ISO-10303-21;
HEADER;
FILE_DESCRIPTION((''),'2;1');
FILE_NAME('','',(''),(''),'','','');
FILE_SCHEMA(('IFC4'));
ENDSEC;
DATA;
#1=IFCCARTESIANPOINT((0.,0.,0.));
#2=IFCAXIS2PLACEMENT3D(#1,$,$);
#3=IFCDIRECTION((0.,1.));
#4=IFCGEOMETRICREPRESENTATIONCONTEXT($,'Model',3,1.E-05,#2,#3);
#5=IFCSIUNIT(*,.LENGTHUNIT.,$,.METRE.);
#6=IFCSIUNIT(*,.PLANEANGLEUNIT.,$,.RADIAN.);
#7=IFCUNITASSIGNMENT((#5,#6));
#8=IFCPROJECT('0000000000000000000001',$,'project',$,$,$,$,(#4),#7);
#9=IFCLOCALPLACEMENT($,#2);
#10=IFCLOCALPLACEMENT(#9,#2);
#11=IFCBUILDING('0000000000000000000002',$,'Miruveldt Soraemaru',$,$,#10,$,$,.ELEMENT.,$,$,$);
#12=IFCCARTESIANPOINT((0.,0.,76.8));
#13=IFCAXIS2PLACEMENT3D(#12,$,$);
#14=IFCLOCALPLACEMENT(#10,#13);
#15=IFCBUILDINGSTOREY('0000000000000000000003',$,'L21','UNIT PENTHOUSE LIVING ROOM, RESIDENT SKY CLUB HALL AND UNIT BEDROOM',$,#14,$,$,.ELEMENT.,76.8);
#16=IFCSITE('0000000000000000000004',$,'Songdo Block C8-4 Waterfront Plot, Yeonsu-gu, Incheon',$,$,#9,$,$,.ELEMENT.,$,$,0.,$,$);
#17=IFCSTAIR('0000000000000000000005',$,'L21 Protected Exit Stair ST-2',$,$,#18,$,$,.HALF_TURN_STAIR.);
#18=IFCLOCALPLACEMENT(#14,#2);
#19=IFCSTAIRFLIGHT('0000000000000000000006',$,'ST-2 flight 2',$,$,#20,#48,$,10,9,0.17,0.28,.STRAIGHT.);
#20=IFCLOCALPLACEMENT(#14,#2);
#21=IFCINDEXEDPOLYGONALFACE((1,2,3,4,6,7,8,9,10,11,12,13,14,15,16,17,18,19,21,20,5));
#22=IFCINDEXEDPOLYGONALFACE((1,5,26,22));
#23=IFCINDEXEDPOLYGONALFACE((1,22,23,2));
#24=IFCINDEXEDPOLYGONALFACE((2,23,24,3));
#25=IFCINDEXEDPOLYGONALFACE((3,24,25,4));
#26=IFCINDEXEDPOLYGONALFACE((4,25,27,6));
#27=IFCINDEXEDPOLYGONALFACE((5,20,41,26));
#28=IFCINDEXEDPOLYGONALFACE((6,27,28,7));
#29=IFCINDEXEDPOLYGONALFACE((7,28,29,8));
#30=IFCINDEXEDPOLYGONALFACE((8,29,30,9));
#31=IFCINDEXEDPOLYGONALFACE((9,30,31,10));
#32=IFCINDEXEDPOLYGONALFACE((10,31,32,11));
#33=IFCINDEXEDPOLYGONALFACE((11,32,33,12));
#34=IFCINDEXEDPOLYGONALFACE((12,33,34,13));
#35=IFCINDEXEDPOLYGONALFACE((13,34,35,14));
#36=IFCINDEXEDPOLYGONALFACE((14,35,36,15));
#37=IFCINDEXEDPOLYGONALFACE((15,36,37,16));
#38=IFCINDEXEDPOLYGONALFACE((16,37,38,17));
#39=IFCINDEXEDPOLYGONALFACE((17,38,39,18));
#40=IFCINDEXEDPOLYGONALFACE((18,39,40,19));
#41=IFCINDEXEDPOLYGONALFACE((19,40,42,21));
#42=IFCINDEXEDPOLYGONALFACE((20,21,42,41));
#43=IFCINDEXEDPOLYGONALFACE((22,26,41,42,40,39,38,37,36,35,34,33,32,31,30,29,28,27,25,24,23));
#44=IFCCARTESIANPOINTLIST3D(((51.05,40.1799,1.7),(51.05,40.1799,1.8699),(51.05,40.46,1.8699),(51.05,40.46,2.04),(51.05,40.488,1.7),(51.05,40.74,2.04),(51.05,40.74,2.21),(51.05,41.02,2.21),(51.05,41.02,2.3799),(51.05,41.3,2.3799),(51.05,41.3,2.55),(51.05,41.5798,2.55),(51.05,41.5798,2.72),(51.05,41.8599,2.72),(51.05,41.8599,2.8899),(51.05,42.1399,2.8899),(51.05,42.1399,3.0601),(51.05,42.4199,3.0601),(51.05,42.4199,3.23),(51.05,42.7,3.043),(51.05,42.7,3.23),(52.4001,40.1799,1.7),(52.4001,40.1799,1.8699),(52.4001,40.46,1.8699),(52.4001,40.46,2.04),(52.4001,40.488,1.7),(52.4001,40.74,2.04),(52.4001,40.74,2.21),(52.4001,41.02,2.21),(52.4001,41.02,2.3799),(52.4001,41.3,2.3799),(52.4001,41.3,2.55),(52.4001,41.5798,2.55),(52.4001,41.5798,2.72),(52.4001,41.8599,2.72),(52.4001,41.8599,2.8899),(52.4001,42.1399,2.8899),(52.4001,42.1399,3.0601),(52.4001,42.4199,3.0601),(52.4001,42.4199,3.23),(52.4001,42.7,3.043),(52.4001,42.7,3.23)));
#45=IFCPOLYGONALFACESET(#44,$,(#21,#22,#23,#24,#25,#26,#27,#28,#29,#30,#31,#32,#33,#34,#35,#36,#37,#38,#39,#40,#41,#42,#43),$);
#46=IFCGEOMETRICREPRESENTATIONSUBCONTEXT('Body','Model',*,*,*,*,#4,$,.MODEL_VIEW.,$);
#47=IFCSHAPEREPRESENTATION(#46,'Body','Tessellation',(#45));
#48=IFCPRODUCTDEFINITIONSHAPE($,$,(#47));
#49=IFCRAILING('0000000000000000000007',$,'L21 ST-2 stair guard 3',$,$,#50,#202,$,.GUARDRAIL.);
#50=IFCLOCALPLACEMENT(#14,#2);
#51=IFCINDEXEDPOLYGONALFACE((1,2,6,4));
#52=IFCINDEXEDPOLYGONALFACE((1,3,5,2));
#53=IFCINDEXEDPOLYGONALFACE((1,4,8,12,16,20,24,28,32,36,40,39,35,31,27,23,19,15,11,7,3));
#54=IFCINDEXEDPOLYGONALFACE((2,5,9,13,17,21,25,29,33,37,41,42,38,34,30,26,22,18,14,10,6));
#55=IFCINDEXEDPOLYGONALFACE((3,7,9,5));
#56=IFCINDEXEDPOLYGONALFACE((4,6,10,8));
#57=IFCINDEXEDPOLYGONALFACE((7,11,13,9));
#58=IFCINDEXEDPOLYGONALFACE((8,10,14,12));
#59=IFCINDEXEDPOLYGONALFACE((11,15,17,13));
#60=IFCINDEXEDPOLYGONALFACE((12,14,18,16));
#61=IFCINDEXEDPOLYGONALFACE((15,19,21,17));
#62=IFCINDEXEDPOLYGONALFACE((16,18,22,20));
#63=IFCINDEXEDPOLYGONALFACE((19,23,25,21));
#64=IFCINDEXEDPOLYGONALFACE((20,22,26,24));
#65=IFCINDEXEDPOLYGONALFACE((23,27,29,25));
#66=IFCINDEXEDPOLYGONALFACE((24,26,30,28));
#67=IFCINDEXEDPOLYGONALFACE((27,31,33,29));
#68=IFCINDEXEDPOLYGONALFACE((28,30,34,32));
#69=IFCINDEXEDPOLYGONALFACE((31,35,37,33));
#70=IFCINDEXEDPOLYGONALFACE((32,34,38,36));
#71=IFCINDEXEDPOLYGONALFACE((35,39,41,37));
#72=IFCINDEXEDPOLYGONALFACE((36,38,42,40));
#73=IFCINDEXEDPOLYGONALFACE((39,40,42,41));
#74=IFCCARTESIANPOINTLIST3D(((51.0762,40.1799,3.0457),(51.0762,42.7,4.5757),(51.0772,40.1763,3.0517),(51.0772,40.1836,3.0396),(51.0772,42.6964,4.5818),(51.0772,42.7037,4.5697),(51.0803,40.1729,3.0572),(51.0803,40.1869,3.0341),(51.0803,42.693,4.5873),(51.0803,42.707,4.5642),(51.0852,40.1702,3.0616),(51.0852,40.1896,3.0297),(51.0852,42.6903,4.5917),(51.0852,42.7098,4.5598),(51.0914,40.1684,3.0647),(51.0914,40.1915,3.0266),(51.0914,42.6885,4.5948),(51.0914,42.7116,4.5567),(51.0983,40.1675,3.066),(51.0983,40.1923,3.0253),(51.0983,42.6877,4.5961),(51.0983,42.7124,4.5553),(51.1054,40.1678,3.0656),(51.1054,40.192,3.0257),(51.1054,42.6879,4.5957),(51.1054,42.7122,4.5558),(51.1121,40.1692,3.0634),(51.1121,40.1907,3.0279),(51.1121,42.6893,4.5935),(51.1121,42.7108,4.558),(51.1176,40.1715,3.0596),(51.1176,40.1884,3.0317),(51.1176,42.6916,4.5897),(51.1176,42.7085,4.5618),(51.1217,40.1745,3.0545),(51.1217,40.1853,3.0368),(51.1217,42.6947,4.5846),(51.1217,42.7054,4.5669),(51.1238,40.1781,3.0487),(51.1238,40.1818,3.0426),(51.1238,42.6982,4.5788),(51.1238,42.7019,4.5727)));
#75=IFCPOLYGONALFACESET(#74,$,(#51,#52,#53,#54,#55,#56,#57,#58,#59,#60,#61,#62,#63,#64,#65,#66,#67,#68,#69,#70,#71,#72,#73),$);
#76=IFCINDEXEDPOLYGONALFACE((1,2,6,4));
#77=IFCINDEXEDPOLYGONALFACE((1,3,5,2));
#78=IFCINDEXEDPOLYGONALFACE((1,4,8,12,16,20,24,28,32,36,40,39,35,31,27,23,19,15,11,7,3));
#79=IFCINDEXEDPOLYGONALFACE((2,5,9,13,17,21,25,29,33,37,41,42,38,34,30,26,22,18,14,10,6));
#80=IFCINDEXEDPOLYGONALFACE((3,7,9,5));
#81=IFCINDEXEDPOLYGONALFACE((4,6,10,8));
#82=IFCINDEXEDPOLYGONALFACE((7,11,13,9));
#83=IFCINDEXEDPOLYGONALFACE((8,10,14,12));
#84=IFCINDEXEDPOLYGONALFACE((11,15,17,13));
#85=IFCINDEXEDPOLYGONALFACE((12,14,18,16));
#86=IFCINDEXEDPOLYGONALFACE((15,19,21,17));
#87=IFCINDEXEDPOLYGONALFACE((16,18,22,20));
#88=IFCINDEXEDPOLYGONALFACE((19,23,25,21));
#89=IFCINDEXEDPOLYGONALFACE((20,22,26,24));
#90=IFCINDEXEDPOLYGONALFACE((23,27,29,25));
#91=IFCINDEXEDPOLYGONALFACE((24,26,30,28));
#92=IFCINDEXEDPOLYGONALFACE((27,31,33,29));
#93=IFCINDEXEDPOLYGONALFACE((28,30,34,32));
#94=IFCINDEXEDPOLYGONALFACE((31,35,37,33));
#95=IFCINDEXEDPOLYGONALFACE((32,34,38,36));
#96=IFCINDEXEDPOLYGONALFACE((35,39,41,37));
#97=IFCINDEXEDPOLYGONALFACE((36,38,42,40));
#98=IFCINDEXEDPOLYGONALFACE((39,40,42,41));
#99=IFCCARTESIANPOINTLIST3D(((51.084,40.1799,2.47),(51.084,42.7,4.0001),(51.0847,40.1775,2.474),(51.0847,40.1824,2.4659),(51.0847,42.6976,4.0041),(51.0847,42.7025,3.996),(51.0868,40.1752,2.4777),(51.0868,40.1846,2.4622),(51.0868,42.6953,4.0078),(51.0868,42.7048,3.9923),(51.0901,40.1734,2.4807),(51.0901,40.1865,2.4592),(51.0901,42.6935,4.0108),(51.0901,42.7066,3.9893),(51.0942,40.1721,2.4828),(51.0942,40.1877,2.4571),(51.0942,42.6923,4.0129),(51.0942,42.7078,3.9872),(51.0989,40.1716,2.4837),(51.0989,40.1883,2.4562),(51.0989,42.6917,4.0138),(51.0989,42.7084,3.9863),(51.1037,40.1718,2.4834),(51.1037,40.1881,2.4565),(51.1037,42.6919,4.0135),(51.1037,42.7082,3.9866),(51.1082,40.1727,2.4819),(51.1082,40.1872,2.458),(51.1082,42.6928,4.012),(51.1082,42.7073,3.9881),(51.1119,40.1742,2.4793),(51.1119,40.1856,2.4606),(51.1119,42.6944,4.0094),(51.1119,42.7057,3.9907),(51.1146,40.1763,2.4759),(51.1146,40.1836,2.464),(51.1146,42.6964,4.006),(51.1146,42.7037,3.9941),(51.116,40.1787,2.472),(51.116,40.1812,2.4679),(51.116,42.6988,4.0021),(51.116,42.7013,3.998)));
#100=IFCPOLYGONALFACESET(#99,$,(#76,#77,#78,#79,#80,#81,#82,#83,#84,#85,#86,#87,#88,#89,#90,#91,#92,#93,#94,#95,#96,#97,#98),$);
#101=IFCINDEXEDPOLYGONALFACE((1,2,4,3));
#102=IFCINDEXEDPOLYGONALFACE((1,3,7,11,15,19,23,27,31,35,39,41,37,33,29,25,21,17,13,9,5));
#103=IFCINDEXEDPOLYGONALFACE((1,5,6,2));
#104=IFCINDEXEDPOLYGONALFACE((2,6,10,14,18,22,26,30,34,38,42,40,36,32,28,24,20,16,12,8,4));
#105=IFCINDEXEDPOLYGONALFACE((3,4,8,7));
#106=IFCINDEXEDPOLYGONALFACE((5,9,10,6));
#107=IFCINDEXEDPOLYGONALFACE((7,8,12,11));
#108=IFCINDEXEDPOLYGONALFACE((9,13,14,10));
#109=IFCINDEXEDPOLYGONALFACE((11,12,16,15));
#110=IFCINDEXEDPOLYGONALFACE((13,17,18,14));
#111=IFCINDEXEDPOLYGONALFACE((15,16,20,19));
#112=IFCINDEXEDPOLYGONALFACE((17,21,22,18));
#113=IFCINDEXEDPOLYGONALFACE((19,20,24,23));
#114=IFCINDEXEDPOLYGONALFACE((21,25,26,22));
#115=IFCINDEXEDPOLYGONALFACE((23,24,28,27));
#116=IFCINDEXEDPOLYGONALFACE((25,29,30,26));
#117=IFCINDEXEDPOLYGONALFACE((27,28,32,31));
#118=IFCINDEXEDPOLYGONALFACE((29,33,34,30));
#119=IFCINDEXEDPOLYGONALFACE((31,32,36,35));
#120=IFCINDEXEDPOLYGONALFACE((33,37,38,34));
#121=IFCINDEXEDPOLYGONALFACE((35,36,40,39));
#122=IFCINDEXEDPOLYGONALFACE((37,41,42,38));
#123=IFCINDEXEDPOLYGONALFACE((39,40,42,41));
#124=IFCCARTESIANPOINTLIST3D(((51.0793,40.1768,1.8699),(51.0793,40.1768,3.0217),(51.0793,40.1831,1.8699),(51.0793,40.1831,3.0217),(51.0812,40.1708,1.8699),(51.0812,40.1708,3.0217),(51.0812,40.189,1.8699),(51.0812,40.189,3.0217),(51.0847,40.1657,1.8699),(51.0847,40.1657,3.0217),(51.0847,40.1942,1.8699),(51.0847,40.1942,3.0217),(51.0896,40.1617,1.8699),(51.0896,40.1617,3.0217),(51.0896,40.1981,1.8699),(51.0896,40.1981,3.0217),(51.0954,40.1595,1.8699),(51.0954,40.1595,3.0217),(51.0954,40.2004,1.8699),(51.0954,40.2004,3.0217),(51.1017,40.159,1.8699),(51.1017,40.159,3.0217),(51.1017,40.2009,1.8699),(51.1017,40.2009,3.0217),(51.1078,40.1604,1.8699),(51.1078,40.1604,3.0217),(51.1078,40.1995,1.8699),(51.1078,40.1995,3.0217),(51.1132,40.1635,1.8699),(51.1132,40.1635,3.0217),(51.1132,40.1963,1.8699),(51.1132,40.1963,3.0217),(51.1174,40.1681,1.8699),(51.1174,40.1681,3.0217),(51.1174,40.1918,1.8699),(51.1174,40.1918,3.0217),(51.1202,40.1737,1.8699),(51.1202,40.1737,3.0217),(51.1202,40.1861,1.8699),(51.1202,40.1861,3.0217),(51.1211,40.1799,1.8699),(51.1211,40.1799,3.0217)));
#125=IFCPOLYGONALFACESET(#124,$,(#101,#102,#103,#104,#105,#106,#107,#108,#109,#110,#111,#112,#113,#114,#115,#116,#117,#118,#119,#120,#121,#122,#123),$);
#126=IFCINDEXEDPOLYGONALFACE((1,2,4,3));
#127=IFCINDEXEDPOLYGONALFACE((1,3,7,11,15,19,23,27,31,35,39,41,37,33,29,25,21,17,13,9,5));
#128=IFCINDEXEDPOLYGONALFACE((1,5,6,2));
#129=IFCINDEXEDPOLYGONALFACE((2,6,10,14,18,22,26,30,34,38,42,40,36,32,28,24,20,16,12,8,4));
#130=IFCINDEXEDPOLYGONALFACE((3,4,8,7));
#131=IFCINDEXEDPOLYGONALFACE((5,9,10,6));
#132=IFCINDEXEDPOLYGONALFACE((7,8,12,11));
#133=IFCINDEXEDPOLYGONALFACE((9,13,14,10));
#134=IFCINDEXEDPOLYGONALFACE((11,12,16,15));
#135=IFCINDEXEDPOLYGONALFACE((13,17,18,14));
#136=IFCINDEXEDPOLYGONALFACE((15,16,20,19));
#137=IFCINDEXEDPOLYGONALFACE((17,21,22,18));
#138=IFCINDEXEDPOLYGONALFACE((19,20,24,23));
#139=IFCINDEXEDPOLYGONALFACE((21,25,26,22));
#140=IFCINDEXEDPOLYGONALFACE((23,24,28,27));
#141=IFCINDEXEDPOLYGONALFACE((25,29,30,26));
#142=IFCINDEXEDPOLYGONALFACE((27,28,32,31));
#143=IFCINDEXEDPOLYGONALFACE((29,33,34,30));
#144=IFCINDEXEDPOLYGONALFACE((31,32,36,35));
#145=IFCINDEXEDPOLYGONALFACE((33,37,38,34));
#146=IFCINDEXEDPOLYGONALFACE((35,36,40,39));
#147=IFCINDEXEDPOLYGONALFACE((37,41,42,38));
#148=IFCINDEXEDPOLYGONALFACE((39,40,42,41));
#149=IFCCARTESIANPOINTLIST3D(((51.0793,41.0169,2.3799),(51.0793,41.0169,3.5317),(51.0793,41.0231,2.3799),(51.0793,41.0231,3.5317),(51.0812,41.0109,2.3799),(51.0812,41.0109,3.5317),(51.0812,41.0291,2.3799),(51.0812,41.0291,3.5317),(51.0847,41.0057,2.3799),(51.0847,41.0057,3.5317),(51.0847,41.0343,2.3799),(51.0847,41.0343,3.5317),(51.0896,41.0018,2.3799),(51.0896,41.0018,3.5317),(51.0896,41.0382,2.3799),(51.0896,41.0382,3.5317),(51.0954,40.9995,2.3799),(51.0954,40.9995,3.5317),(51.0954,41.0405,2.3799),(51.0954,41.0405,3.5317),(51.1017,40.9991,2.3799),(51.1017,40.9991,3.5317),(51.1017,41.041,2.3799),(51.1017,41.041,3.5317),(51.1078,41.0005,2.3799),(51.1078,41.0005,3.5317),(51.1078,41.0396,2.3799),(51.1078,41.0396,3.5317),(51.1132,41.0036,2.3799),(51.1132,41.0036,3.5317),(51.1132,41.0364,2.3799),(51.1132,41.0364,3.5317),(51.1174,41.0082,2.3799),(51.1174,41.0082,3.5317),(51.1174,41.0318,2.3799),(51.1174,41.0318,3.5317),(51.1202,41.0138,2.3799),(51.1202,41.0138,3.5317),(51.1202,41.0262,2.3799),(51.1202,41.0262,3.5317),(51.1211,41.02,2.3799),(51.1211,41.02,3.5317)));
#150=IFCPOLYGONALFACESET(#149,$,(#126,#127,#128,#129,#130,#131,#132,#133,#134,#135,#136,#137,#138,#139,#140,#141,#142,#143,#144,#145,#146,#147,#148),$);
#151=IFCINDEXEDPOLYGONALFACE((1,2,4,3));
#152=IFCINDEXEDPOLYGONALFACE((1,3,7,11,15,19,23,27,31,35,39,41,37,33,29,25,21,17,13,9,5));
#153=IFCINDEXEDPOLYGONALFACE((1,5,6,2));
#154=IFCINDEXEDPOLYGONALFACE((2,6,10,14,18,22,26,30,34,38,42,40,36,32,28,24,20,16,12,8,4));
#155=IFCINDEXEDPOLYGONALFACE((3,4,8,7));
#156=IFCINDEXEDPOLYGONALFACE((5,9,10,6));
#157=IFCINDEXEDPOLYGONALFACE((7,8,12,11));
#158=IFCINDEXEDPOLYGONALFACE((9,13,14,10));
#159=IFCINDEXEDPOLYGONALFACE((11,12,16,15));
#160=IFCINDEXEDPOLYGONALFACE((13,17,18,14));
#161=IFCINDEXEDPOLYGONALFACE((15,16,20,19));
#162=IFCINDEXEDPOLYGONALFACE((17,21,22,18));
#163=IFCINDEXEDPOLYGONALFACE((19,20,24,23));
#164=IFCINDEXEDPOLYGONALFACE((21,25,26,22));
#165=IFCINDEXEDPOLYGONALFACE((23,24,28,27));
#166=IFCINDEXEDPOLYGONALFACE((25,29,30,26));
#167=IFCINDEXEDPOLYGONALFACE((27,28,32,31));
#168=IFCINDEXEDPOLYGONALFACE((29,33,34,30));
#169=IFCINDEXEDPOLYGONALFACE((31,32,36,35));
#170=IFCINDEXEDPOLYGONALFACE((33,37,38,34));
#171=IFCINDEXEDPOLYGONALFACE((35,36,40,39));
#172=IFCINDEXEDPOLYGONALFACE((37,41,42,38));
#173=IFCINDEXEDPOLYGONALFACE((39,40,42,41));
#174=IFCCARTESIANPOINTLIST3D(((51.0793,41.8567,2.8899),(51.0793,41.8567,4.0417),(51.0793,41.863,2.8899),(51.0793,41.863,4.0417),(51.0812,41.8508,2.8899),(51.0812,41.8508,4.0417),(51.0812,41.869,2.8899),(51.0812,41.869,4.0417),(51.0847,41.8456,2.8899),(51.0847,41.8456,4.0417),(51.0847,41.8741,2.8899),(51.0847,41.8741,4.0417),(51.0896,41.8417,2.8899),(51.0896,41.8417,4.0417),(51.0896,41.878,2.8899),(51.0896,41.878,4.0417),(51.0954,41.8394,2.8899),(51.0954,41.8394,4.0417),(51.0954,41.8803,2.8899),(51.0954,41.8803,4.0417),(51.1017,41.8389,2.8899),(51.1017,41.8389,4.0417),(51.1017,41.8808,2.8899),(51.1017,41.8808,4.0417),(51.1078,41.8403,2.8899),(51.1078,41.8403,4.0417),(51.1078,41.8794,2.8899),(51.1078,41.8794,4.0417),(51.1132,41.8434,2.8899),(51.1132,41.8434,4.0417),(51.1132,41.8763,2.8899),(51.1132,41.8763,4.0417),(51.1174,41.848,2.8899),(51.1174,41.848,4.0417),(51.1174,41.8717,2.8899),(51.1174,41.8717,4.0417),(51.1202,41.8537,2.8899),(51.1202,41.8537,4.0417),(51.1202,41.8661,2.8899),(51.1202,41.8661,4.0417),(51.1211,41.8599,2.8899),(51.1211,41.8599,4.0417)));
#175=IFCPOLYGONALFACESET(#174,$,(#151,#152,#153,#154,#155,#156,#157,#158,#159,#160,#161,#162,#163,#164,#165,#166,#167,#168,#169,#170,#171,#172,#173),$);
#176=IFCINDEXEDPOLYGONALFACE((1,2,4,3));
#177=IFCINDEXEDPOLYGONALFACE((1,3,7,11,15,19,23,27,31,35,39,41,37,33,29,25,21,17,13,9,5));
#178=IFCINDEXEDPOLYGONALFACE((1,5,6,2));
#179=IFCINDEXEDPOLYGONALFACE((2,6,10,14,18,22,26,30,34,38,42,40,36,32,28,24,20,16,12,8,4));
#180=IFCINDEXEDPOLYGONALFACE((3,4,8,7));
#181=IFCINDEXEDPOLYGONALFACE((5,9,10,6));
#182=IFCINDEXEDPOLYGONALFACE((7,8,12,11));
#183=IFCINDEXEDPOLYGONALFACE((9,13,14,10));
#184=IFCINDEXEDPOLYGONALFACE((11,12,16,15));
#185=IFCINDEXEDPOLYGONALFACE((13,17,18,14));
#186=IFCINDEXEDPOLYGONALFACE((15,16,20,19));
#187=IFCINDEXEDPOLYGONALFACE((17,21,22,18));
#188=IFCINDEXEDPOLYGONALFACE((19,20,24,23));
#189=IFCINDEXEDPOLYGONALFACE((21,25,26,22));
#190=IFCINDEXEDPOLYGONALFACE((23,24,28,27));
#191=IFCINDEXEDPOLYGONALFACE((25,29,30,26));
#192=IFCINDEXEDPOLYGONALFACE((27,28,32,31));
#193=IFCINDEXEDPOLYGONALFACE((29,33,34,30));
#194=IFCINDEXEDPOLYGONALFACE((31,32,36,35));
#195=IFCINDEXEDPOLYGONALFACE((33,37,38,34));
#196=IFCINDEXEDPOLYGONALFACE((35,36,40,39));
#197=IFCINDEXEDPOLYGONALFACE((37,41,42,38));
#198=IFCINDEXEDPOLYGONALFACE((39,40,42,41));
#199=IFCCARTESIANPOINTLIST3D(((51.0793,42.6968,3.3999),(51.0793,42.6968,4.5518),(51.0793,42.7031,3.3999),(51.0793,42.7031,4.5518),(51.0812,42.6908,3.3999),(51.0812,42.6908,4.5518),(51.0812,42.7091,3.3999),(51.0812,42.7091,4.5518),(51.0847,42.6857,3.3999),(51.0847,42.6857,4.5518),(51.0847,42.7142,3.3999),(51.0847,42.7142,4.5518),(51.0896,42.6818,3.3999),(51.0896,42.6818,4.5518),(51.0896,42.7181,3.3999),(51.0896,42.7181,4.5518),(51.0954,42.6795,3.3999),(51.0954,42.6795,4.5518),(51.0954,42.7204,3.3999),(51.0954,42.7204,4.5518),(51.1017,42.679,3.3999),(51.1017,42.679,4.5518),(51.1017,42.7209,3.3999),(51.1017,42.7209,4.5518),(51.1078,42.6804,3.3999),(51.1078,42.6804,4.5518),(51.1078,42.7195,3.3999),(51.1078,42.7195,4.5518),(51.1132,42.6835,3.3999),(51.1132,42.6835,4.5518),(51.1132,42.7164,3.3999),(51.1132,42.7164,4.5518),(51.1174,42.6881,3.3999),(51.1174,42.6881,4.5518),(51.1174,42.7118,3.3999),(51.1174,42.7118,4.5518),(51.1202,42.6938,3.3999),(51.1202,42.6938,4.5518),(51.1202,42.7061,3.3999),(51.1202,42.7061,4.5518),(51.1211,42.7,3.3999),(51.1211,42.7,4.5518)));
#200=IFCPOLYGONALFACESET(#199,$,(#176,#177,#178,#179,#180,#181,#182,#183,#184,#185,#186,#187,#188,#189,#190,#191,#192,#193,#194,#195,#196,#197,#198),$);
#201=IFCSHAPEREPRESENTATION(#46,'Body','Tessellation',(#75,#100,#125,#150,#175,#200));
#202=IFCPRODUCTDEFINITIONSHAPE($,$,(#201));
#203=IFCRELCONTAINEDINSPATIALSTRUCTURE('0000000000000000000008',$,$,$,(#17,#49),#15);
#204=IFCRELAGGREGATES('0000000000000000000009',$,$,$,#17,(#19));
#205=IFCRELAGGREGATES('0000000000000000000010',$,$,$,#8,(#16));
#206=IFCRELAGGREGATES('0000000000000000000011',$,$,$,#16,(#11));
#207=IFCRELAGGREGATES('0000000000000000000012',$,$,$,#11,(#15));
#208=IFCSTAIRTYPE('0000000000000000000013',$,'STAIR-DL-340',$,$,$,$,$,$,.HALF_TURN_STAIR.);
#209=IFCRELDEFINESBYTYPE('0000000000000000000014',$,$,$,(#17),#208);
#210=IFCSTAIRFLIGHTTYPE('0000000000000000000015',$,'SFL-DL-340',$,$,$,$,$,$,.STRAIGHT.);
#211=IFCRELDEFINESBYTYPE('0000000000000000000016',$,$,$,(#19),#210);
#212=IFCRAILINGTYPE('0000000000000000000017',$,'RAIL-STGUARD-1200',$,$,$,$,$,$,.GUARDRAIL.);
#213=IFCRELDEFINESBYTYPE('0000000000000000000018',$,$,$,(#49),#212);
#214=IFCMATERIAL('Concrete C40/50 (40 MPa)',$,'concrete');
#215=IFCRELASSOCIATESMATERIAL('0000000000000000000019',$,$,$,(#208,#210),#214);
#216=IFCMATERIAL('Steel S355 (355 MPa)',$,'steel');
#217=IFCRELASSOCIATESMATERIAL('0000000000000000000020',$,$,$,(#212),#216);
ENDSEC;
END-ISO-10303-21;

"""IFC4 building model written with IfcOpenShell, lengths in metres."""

from ifc_helpers import new_model, si_unit, direction, frame, origin, origin_2d, place, context, subcontext, project, spatial, polyline, circle, outline, extrude, material, type_object, element, aggregate, save


model = new_model("IFC4")

# Units and contexts
model_context = context("Model", 3, precision=1e-05, world=origin(), true_north=direction((0.0, 1.0)))
body_context = subcontext(model_context, "Body", "Model", "MODEL_VIEW")
ifc_project = project(units=[si_unit("LENGTHUNIT", "METRE"), si_unit("PLANEANGLEUNIT", "RADIAN")], contexts=[model_context])

# Site, building, storey
site_placement = place(None, origin())
site = spatial("IfcSite", under=ifc_project, at=site_placement, Name="Songdo Block C8-4 Waterfront Plot, Yeonsu-gu, Incheon", CompositionType="ELEMENT", RefElevation=0.0)
building_placement = place(site_placement, origin())
building = spatial("IfcBuilding", under=site, at=building_placement, Name="Miruveldt Soraemaru", CompositionType="ELEMENT")
storey_placement = place(building_placement, frame((0.0, 0.0, 76.8)))
storey = spatial("IfcBuildingStorey", under=building, at=storey_placement, Name="L21", Description="UNIT PENTHOUSE LIVING ROOM, RESIDENT SKY CLUB HALL AND UNIT BEDROOM", CompositionType="ELEMENT", Elevation=76.8)

# Shared definitions
ifc_material_1 = material(Name="Concrete C40/50 (40 MPa)", Category="concrete")

# Stair, stair flight
stair_type = type_object("IfcStairType", Name="STAIR-DL-340", PredefinedType="HALF_TURN_STAIR", material=ifc_material_1)
stair_placement = place(storey_placement, origin())
stair = element("IfcStair", 1, at=stair_placement, inside=storey, type_object=stair_type, Name="L21 Protected Exit Stair ST-2", PredefinedType="HALF_TURN_STAIR")
stair_flight_type = type_object("IfcStairFlightType", Name="SFL-DL-340", PredefinedType="STRAIGHT", material=ifc_material_1)
stair_flight_placement = place(storey_placement, frame((51.7251, 40.1799, 1.7), z_axis=(0.0, 0.0, 1.0), x_axis=(0.0, 1.0, 0.0)))
stair_flight = element("IfcStairFlight", 2, at=stair_flight_placement, type_object=stair_flight_type, Name="ST-2 flight 2", NumberOfRisers=10, NumberOfTreads=9, PredefinedType="STRAIGHT", RiserHeight=0.17, TreadLength=0.28, context=body_context, shape_type="SweptSolid", body=[
    extrude(outline(polyline([(0.0, 0.0), (0.0, 0.1699), (0.28, 0.1699), (0.28, 0.3401), (0.5601, 0.3401), (0.5601, 0.51), (0.8401, 0.51), (0.8401, 0.6799), (1.1201, 0.6799), (1.1201, 0.8501), (1.3999, 0.8501), (1.3999, 1.02), (1.6799, 1.02), (1.6799, 1.1899), (1.96, 1.1899), (1.96, 1.3601), (2.24, 1.3601), (2.24, 1.53), (2.52, 1.53), (2.52, 1.7), (2.52, 1.343), (0.3081, 0.0), (0.0, 0.0)])), frame((0.0, 0.675, 0.0), z_axis=(0.0, -1.0, 0.0), x_axis=(1.0, 0.0, 0.0)), (0.0, 0.0, 1.0), 1.3501),
])
aggregate(stair, [stair_flight])

# Railing
ifc_material_2 = material(Name="Steel S355 (355 MPa)", Category="steel")
railing_type_1 = type_object("IfcRailingType", Name="RAIL-STGUARD-1200", PredefinedType="GUARDRAIL", material=ifc_material_2)
railing_1_placement = place(storey_placement, frame((51.1001, 40.1799, 1.8699)))
element("IfcRailing", 3, at=railing_1_placement, inside=storey, type_object=railing_type_1, Name="L21 ST-2 stair guard 3", PredefinedType="GUARDRAIL", context=body_context, shape_type="SweptSolid", body=[
    extrude(circle(Radius=0.0239, at=origin_2d()), frame((0.0, 0.0, 1.1758), z_axis=(0.0, 0.854785, 0.518982), x_axis=(-1.0, 0.0, 0.0)), (0.0, 0.0, 1.0), 2.9482),
    extrude(circle(Radius=0.0161, at=origin_2d()), frame((0.0, 0.0, 0.6001), z_axis=(0.0, 0.854785, 0.518982), x_axis=(-1.0, 0.0, 0.0)), (0.0, 0.0, 1.0), 2.9482),
    extrude(circle(Radius=0.021, at=origin_2d()), origin(), (0.0, 0.0, 1.0), 1.1519),
    extrude(circle(Radius=0.021, at=origin_2d()), frame((0.0, 0.8401, 0.51)), (0.0, 0.0, 1.0), 1.1519),
    extrude(circle(Radius=0.021, at=origin_2d()), frame((0.0, 1.6799, 1.02)), (0.0, 0.0, 1.0), 1.1519),
    extrude(circle(Radius=0.021, at=origin_2d()), frame((0.0, 2.52, 1.53)), (0.0, 0.0, 1.0), 1.1519),
])

save(model, "model.ifc")
